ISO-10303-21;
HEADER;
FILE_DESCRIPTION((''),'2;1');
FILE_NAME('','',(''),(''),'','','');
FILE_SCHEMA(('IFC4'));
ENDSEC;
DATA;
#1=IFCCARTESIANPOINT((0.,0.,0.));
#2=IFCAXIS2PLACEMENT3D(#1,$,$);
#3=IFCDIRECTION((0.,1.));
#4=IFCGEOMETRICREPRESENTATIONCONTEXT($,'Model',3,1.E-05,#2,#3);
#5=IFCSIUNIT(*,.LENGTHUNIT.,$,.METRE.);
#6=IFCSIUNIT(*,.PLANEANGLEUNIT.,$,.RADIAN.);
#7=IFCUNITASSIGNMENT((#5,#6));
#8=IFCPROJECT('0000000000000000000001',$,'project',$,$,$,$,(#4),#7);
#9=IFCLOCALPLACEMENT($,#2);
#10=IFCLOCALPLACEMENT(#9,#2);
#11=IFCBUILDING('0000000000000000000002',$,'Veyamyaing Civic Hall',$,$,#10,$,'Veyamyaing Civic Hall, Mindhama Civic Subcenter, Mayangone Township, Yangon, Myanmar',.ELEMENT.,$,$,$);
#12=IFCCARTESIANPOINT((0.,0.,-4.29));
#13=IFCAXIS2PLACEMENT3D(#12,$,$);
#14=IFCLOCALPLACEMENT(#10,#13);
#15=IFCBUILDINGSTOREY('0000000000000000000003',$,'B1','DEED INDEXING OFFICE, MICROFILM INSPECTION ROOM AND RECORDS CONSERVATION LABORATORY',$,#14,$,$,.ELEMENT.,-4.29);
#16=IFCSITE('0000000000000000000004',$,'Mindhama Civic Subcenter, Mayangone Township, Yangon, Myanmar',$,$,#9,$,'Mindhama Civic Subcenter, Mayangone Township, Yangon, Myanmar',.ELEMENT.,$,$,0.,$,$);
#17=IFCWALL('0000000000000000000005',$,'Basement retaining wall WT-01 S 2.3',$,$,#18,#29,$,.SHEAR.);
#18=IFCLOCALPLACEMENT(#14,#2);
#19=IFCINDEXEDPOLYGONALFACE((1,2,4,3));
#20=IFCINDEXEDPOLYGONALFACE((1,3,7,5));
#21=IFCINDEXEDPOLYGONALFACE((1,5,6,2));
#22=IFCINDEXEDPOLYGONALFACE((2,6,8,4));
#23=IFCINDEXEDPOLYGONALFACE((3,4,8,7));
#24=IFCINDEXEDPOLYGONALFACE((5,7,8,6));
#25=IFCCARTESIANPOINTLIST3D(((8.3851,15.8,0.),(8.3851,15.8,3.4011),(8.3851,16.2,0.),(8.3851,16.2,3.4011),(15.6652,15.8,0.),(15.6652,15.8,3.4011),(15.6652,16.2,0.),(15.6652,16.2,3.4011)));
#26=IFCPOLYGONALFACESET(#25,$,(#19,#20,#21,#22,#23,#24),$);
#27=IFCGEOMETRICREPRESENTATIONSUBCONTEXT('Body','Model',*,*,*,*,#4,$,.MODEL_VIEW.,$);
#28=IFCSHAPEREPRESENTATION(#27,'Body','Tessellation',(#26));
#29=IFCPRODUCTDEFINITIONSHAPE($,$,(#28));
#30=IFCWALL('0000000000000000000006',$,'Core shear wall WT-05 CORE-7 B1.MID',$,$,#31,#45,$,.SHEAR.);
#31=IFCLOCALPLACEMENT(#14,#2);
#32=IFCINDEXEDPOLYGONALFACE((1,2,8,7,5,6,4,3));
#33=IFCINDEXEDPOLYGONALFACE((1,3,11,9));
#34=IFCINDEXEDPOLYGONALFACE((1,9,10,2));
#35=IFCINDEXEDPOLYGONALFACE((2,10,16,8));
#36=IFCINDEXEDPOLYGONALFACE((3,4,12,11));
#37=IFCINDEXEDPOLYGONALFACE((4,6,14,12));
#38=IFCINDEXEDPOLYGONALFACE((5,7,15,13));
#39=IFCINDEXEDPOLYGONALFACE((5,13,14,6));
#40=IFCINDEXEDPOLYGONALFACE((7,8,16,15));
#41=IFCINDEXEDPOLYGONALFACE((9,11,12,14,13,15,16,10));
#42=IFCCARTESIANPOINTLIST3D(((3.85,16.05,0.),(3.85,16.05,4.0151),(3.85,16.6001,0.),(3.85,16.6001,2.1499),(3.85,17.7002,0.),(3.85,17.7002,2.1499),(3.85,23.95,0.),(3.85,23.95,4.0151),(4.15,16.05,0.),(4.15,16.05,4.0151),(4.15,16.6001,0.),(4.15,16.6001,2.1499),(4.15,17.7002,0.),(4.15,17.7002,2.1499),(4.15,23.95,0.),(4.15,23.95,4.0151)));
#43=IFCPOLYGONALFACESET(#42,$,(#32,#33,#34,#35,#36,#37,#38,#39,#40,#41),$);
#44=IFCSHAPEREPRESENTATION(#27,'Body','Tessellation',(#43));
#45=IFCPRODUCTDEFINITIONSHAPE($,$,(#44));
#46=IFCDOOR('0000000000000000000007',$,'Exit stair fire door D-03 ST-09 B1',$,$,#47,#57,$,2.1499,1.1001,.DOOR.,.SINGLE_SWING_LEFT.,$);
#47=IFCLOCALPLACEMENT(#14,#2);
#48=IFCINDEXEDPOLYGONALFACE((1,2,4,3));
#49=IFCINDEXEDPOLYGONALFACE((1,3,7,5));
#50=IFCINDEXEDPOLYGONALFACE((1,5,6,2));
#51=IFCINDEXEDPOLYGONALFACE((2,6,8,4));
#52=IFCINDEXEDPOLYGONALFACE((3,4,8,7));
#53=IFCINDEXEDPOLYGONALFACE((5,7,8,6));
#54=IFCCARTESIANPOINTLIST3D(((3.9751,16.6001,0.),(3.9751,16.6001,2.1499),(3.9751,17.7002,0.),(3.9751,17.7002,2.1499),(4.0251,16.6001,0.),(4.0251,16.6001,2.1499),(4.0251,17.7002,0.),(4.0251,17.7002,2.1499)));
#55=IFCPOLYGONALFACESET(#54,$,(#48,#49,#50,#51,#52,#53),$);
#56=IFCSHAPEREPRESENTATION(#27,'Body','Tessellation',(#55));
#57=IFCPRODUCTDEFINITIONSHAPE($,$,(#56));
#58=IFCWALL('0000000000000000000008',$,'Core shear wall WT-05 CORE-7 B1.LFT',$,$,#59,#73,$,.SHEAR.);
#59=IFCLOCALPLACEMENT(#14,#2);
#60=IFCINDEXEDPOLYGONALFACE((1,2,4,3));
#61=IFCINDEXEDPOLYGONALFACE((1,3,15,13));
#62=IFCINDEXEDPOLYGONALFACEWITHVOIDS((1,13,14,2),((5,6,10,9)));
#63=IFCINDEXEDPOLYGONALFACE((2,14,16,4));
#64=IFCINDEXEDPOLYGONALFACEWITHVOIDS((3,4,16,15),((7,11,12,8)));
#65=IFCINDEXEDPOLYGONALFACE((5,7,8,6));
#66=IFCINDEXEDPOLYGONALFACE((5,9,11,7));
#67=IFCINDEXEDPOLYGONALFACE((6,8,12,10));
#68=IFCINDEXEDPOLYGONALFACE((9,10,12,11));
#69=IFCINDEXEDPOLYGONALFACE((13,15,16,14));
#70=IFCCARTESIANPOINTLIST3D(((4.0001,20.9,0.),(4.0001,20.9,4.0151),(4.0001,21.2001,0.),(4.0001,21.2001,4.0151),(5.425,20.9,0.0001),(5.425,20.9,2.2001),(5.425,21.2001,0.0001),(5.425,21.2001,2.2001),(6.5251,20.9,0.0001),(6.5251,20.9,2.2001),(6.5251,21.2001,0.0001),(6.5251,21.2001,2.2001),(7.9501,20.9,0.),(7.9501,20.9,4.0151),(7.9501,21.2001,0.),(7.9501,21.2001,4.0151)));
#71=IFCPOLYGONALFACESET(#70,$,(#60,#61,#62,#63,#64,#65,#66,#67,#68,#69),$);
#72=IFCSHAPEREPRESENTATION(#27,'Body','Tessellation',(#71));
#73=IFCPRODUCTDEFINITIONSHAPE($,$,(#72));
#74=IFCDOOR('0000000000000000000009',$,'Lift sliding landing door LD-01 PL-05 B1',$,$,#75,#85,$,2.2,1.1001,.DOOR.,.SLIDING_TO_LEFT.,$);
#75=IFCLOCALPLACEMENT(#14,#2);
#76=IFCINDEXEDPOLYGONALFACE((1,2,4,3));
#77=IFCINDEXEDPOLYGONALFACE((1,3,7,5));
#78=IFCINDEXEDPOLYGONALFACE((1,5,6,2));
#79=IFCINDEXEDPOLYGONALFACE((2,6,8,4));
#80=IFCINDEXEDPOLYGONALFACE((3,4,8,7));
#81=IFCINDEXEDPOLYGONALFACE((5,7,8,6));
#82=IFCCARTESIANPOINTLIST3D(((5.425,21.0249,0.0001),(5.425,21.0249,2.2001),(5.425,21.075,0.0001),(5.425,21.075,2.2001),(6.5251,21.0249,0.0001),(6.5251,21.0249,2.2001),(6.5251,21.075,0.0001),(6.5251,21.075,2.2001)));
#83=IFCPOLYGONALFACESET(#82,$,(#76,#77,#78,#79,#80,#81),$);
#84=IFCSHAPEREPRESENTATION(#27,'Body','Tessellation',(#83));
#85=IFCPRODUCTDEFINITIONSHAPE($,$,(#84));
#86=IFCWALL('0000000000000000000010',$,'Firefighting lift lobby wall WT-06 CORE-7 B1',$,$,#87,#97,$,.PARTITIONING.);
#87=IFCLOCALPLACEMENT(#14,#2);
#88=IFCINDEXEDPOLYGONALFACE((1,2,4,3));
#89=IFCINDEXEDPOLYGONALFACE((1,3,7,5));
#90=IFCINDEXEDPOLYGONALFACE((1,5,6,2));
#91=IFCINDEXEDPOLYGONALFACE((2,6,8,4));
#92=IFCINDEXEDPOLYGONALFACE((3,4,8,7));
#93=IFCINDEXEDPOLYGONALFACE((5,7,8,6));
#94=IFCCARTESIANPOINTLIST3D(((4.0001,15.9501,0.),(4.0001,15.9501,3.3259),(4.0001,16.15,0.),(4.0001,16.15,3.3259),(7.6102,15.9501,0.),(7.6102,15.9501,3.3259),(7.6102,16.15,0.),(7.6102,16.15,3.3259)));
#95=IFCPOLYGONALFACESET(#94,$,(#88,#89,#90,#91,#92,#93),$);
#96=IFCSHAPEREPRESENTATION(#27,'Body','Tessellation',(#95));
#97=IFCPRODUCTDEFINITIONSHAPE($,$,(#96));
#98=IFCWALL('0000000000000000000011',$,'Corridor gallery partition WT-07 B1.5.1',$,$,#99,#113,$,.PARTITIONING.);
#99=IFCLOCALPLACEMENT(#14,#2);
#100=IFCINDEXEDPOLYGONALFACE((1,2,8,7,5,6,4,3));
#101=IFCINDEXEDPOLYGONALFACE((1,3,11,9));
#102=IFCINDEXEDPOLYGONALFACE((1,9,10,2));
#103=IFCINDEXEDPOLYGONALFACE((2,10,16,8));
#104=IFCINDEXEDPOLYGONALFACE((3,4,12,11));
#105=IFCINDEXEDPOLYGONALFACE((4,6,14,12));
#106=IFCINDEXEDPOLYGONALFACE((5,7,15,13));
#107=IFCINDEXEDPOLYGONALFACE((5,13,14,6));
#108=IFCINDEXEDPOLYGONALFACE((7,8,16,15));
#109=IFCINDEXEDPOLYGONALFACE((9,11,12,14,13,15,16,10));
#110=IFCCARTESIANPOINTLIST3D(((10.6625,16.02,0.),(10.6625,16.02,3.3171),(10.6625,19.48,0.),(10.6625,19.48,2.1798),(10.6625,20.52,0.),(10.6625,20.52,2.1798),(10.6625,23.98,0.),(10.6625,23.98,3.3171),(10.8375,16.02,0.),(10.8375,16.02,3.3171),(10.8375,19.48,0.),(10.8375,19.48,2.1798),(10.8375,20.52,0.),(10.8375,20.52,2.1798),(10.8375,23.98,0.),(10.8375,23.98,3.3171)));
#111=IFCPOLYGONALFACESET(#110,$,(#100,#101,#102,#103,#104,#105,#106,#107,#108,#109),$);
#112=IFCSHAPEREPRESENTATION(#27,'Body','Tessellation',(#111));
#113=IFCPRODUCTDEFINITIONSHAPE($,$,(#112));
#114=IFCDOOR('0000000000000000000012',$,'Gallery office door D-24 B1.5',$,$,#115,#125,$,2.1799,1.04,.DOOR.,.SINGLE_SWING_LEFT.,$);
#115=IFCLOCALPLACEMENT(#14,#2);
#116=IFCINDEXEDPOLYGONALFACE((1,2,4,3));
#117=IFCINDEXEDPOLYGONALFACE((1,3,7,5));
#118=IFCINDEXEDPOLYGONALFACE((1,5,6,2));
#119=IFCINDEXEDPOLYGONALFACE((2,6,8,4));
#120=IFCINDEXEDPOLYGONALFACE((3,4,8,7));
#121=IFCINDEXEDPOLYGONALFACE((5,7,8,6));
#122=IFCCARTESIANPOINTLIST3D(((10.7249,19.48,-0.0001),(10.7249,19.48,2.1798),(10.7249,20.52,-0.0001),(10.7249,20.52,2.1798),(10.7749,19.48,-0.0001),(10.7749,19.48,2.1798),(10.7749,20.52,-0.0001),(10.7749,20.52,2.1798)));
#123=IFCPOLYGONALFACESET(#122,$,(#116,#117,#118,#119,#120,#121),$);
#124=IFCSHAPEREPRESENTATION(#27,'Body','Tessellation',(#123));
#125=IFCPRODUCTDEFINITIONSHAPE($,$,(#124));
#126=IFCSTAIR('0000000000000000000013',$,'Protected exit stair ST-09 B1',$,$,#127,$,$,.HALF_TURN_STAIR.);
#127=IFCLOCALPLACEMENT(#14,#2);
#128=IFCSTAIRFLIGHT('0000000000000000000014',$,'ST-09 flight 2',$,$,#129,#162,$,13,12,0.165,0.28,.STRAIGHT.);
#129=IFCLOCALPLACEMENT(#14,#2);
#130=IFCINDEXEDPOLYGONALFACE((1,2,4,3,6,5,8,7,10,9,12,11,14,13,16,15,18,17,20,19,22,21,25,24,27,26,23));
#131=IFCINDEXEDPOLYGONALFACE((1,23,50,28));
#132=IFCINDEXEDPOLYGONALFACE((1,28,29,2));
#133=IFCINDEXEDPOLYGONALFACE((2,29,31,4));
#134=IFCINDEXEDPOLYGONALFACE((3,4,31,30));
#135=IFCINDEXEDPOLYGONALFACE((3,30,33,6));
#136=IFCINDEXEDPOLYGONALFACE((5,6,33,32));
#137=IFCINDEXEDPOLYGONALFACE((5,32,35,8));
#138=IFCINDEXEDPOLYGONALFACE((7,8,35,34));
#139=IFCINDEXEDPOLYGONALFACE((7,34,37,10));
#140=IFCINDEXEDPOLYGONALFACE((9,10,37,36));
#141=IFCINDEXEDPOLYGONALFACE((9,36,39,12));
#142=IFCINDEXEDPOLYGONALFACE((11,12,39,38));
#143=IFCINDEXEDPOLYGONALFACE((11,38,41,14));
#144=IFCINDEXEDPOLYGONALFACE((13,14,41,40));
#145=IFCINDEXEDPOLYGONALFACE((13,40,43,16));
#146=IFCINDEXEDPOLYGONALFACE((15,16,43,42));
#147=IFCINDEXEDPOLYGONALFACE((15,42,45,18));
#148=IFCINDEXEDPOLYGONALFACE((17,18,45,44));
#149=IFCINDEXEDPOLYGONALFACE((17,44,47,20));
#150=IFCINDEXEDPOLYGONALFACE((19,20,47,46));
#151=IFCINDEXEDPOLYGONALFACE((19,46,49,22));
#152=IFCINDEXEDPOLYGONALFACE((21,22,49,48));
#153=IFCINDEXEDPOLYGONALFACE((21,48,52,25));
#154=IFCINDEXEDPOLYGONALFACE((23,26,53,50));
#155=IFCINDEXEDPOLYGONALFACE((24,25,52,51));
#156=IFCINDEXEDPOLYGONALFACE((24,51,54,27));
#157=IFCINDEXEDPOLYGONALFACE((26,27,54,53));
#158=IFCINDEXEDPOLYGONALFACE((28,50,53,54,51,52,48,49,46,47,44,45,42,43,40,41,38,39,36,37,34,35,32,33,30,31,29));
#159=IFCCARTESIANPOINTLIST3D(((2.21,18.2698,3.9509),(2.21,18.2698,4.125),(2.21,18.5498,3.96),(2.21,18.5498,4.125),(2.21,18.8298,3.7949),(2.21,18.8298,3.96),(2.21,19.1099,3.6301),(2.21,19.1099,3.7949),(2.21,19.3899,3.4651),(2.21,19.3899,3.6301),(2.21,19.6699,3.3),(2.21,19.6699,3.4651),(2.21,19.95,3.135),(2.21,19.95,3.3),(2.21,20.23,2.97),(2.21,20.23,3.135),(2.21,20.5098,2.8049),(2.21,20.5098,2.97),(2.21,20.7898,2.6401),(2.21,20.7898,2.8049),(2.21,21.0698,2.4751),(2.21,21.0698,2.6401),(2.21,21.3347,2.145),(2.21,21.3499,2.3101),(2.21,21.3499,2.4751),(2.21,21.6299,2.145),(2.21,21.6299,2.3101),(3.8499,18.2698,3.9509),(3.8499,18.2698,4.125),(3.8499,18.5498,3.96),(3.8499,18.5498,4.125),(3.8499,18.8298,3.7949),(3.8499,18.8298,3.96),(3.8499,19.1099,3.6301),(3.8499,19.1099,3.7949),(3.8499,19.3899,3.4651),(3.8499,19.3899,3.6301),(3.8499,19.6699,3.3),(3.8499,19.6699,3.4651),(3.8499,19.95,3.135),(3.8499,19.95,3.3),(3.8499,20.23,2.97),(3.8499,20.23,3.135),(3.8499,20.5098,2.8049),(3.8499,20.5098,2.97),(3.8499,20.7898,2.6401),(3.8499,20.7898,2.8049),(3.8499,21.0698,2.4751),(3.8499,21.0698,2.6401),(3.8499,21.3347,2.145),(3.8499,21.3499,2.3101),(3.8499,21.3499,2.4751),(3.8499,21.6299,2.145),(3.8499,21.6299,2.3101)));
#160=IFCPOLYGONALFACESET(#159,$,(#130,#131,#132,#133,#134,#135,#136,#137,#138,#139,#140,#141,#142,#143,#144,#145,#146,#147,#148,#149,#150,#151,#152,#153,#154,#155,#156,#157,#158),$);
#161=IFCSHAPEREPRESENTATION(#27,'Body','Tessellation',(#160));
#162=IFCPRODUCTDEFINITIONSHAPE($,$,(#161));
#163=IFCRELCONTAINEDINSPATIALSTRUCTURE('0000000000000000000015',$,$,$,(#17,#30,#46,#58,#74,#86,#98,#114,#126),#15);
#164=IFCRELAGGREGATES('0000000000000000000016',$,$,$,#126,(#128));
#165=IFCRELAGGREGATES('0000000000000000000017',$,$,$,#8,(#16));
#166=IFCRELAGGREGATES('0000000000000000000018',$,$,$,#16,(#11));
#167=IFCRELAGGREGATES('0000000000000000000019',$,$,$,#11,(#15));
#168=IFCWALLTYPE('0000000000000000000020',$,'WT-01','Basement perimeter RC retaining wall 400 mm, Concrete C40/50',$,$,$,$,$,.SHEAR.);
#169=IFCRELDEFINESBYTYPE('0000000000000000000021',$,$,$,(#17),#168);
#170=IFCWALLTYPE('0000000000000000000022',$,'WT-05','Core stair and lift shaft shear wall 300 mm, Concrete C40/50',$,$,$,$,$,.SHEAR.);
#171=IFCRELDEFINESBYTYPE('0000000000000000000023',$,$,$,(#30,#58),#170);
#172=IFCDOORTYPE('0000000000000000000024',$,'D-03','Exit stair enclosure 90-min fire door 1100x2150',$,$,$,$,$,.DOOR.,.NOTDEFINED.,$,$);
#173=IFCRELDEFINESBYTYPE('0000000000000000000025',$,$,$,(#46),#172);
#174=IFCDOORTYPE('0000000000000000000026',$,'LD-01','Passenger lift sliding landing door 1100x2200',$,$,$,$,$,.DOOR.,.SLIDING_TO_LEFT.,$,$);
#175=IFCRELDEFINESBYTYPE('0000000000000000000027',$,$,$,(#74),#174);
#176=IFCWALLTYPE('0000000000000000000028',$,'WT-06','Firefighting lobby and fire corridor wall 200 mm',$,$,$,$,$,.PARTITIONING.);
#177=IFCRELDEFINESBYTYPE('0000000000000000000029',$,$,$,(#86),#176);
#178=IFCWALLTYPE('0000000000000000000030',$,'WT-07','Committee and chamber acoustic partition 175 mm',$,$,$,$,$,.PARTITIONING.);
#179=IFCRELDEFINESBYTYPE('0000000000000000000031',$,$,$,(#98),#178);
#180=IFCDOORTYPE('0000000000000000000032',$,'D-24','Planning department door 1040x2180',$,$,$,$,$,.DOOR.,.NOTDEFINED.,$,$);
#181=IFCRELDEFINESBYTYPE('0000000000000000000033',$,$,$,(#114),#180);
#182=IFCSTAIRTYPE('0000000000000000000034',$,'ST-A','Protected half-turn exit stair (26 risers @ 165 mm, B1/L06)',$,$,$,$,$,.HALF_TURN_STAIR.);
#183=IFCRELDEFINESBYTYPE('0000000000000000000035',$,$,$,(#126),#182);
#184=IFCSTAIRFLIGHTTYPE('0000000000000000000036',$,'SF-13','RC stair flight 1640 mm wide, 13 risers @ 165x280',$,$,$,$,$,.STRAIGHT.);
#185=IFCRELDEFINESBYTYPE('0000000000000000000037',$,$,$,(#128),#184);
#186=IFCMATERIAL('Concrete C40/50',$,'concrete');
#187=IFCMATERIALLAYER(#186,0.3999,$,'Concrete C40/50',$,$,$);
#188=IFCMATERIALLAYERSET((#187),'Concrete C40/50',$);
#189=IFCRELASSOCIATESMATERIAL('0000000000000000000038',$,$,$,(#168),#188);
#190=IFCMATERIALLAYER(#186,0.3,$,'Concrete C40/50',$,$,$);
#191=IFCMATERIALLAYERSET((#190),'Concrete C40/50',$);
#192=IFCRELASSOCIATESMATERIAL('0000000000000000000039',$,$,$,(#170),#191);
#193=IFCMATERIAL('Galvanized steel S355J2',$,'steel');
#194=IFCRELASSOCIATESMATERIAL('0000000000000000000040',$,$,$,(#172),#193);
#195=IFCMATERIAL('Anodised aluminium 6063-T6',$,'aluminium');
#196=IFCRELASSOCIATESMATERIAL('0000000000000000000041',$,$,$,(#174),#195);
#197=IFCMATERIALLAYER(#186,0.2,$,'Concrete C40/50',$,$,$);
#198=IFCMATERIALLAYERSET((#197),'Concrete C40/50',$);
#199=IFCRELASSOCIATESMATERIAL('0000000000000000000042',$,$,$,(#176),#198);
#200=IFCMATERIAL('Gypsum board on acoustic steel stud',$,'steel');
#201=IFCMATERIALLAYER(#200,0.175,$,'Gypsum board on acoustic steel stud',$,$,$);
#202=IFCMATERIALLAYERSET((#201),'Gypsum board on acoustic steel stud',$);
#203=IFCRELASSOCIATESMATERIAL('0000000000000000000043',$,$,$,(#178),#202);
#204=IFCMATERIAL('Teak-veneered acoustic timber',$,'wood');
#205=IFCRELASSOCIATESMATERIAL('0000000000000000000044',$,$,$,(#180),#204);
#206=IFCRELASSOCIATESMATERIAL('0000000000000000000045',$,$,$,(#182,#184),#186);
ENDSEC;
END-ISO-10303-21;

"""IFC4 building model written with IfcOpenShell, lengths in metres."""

from ifc_helpers import new_model, si_unit, direction, frame, frame_2d, origin, place, context, subcontext, project, spatial, polyline, rectangle, outline, extrude, material, layer, layer_set, type_object, element, fill, aggregate, save


model = new_model("IFC4")

# Units and contexts
model_context = context("Model", 3, precision=1e-05, world=origin(), true_north=direction((0.0, 1.0)))
body_context = subcontext(model_context, "Body", "Model", "MODEL_VIEW")
ifc_project = project(units=[si_unit("LENGTHUNIT", "METRE"), si_unit("PLANEANGLEUNIT", "RADIAN")], contexts=[model_context])

# Site, building, storey
site_placement = place(None, origin())
site = spatial("IfcSite", under=ifc_project, at=site_placement, Name="Mindhama Civic Subcenter, Mayangone Township, Yangon, Myanmar", LongName="Mindhama Civic Subcenter, Mayangone Township, Yangon, Myanmar", CompositionType="ELEMENT", RefElevation=0.0)
building_placement = place(site_placement, origin())
building = spatial("IfcBuilding", under=site, at=building_placement, Name="Veyamyaing Civic Hall", LongName="Veyamyaing Civic Hall, Mindhama Civic Subcenter, Mayangone Township, Yangon, Myanmar", CompositionType="ELEMENT")
storey_placement = place(building_placement, frame((0.0, 0.0, -4.29)))
storey = spatial("IfcBuildingStorey", under=building, at=storey_placement, Name="B1", Description="DEED INDEXING OFFICE, MICROFILM INSPECTION ROOM AND RECORDS CONSERVATION LABORATORY", CompositionType="ELEMENT", Elevation=-4.29)

# Shared definitions
ifc_material_1 = material(Name="Concrete C40/50", Category="concrete")

# Wall
ifc_layer_1 = layer(ifc_material_1, 0.3999, Name="Concrete C40/50")
ifc_layer_set_1 = layer_set([ifc_layer_1], Name="Concrete C40/50")
wall_type_1 = type_object("IfcWallType", Name="WT-01", Description="Basement perimeter RC retaining wall 400 mm, Concrete C40/50", PredefinedType="SHEAR", material=ifc_layer_set_1)
wall_1_placement = place(storey_placement, frame((8.385, 16.0, 0.0), z_axis=(0.0, 0.0, 1.0), x_axis=(1.0, 0.0, 0.0)))
element("IfcWall", 1, at=wall_1_placement, inside=storey, type_object=wall_type_1, Name="Basement retaining wall WT-01 S 2.3", PredefinedType="SHEAR", context=body_context, shape_type="SweptSolid", body=[
    extrude(rectangle(XDim=7.28, YDim=0.3999, at=frame_2d((3.6401, 0.0))), origin(), (0.0, 0.0, 1.0), 3.4011),
])

# Walls, openings, doors
ifc_layer_2 = layer(ifc_material_1, 0.3, Name="Concrete C40/50")
ifc_layer_set_2 = layer_set([ifc_layer_2], Name="Concrete C40/50")
wall_type_2 = type_object("IfcWallType", Name="WT-05", Description="Core stair and lift shaft shear wall 300 mm, Concrete C40/50", PredefinedType="SHEAR", material=ifc_layer_set_2)
ifc_material_2 = material(Name="Galvanized steel S355J2", Category="steel")
wall_2_placement = place(storey_placement, frame((4.0, 16.05, 0.0), z_axis=(0.0, 0.0, 1.0), x_axis=(0.0, 1.0, 0.0)))
wall_2 = element("IfcWall", 2, at=wall_2_placement, inside=storey, type_object=wall_type_2, Name="Core shear wall WT-05 CORE-7 B1.MID", PredefinedType="SHEAR", context=body_context, shape_type="SweptSolid", body=[
    extrude(rectangle(XDim=7.8999, YDim=0.3, at=frame_2d((3.95, 0.0))), origin(), (0.0, 0.0, 1.0), 4.0151),
])
opening_1_placement = place(wall_2_placement, frame((0.55, 0.0, 0.0)))
opening_1 = element("IfcOpeningElement", 3, at=opening_1_placement, cuts=wall_2, PredefinedType="OPENING", context=body_context, shape_type="SweptSolid", body=[
    extrude(rectangle(XDim=1.1001, YDim=2.1499, at=frame_2d((0.55, 1.075))), frame((0.0, 0.1599, 0.0), z_axis=(0.0, -1.0, 0.0), x_axis=(1.0, 0.0, 0.0)), (0.0, 0.0, 1.0), 0.3201),
])
door_type_1 = type_object("IfcDoorType", Name="D-03", Description="Exit stair enclosure 90-min fire door 1100x2150", OperationType="NOTDEFINED", PredefinedType="DOOR", material=ifc_material_2)
door_1_placement = place(opening_1_placement, origin())
door_1 = element("IfcDoor", 4, at=door_1_placement, inside=storey, type_object=door_type_1, Name="Exit stair fire door D-03 ST-09 B1", OperationType="SINGLE_SWING_LEFT", OverallHeight=2.1499, OverallWidth=1.1001, PredefinedType="DOOR", context=body_context, shape_type="SweptSolid", body=[
    extrude(rectangle(XDim=1.1001, YDim=2.1499, at=frame_2d((0.55, 1.075))), frame((0.0, 0.0249, 0.0), z_axis=(0.0, -1.0, 0.0), x_axis=(1.0, 0.0, 0.0)), (0.0, 0.0, 1.0), 0.05),
])
fill(opening_1, door_1)
wall_3_placement = place(storey_placement, frame((4.0, 21.05, 0.0), z_axis=(0.0, 0.0, 1.0), x_axis=(1.0, 0.0, 0.0)))
wall_3 = element("IfcWall", 5, at=wall_3_placement, inside=storey, type_object=wall_type_2, Name="Core shear wall WT-05 CORE-7 B1.LFT", PredefinedType="SHEAR", context=body_context, shape_type="SweptSolid", body=[
    extrude(rectangle(XDim=3.95, YDim=0.3, at=frame_2d((1.9751, 0.0))), origin(), (0.0, 0.0, 1.0), 4.0151),
])
opening_2_placement = place(wall_3_placement, frame((1.425, 0.0, 0.0)))
opening_2 = element("IfcOpeningElement", 6, at=opening_2_placement, cuts=wall_3, PredefinedType="OPENING", context=body_context, shape_type="SweptSolid", body=[
    extrude(rectangle(XDim=1.1001, YDim=2.2, at=frame_2d((0.55, 1.1001))), frame((0.0, 0.1599, 0.0), z_axis=(0.0, -1.0, 0.0), x_axis=(1.0, 0.0, 0.0)), (0.0, 0.0, 1.0), 0.3201),
])
ifc_material_3 = material(Name="Anodised aluminium 6063-T6", Category="aluminium")
door_type_2 = type_object("IfcDoorType", Name="LD-01", Description="Passenger lift sliding landing door 1100x2200", OperationType="SLIDING_TO_LEFT", PredefinedType="DOOR", material=ifc_material_3)
door_2_placement = place(opening_2_placement, origin())
door_2 = element("IfcDoor", 7, at=door_2_placement, inside=storey, type_object=door_type_2, Name="Lift sliding landing door LD-01 PL-05 B1", OperationType="SLIDING_TO_LEFT", OverallHeight=2.2, OverallWidth=1.1001, PredefinedType="DOOR", context=body_context, shape_type="SweptSolid", body=[
    extrude(rectangle(XDim=1.1001, YDim=2.2, at=frame_2d((0.55, 1.1001))), frame((0.0, 0.0249, 0.0), z_axis=(0.0, -1.0, 0.0), x_axis=(1.0, 0.0, 0.0)), (0.0, 0.0, 1.0), 0.05),
])
fill(opening_2, door_2)

# Wall
ifc_layer_3 = layer(ifc_material_1, 0.2, Name="Concrete C40/50")
ifc_layer_set_3 = layer_set([ifc_layer_3], Name="Concrete C40/50")
wall_type_3 = type_object("IfcWallType", Name="WT-06", Description="Firefighting lobby and fire corridor wall 200 mm", PredefinedType="PARTITIONING", material=ifc_layer_set_3)
wall_4_placement = place(storey_placement, frame((4.0, 16.05, 0.0), z_axis=(0.0, 0.0, 1.0), x_axis=(1.0, 0.0, 0.0)))
element("IfcWall", 8, at=wall_4_placement, inside=storey, type_object=wall_type_3, Name="Firefighting lift lobby wall WT-06 CORE-7 B1", PredefinedType="PARTITIONING", context=body_context, shape_type="SweptSolid", body=[
    extrude(rectangle(XDim=3.6101, YDim=0.2, at=frame_2d((1.8052, 0.0))), origin(), (0.0, 0.0, 1.0), 3.3259),
])

# Wall, opening, door
ifc_material_4 = material(Name="Gypsum board on acoustic steel stud", Category="steel")
ifc_layer_4 = layer(ifc_material_4, 0.175, Name="Gypsum board on acoustic steel stud")
ifc_layer_set_4 = layer_set([ifc_layer_4], Name="Gypsum board on acoustic steel stud")
wall_type_4 = type_object("IfcWallType", Name="WT-07", Description="Committee and chamber acoustic partition 175 mm", PredefinedType="PARTITIONING", material=ifc_layer_set_4)
wall_5_placement = place(storey_placement, frame((10.75, 16.02, 0.0), z_axis=(0.0, 0.0, 1.0), x_axis=(0.0, 1.0, 0.0)))
wall_5 = element("IfcWall", 9, at=wall_5_placement, inside=storey, type_object=wall_type_4, Name="Corridor gallery partition WT-07 B1.5.1", PredefinedType="PARTITIONING", context=body_context, shape_type="SweptSolid", body=[
    extrude(rectangle(XDim=7.96, YDim=0.175, at=frame_2d((3.98, 0.0))), origin(), (0.0, 0.0, 1.0), 3.3171),
])
opening_3_placement = place(wall_5_placement, frame((3.46, 0.0, 0.0)))
opening_3 = element("IfcOpeningElement", 10, at=opening_3_placement, cuts=wall_5, PredefinedType="OPENING", context=body_context, shape_type="SweptSolid", body=[
    extrude(rectangle(XDim=1.04, YDim=2.1799, at=frame_2d((0.52, 1.0898))), frame((0.0, 0.0974, 0.0), z_axis=(0.0, -1.0, 0.0), x_axis=(1.0, 0.0, 0.0)), (0.0, 0.0, 1.0), 0.1951),
])
ifc_material_5 = material(Name="Teak-veneered acoustic timber", Category="wood")
door_type_3 = type_object("IfcDoorType", Name="D-24", Description="Planning department door 1040x2180", OperationType="NOTDEFINED", PredefinedType="DOOR", material=ifc_material_5)
door_3_placement = place(opening_3_placement, frame((1.04, 0.0, 0.0), z_axis=(0.0, 0.0, 1.0), x_axis=(-1.0, 0.0, 0.0)))
door_3 = element("IfcDoor", 11, at=door_3_placement, inside=storey, type_object=door_type_3, Name="Gallery office door D-24 B1.5", OperationType="SINGLE_SWING_LEFT", OverallHeight=2.1799, OverallWidth=1.04, PredefinedType="DOOR", context=body_context, shape_type="SweptSolid", body=[
    extrude(rectangle(XDim=1.04, YDim=2.1799, at=frame_2d((0.52, 1.0898))), frame((0.0, 0.0249, 0.0), z_axis=(0.0, -1.0, 0.0), x_axis=(1.0, 0.0, 0.0)), (0.0, 0.0, 1.0), 0.05),
])
fill(opening_3, door_3)

# Stair, stair flight
stair_type = type_object("IfcStairType", Name="ST-A", Description="Protected half-turn exit stair (26 risers @ 165 mm, B1/L06)", PredefinedType="HALF_TURN_STAIR", material=ifc_material_1)
stair_placement = place(storey_placement, origin())
stair = element("IfcStair", 12, at=stair_placement, inside=storey, type_object=stair_type, Name="Protected exit stair ST-09 B1", PredefinedType="HALF_TURN_STAIR")
stair_flight_type = type_object("IfcStairFlightType", Name="SF-13", Description="RC stair flight 1640 mm wide, 13 risers @ 165x280", PredefinedType="STRAIGHT", material=ifc_material_1)
stair_flight_placement = place(storey_placement, frame((3.03, 21.6299, 2.145), z_axis=(0.0, 0.0, 1.0), x_axis=(0.0, -1.0, 0.0)))
stair_flight = element("IfcStairFlight", 13, at=stair_flight_placement, type_object=stair_flight_type, Name="ST-09 flight 2", NumberOfRisers=13, NumberOfTreads=12, PredefinedType="STRAIGHT", RiserHeight=0.165, TreadLength=0.28, context=body_context, shape_type="SweptSolid", body=[
    extrude(outline(polyline([(0.0, 0.0), (0.0, 0.165), (0.28, 0.165), (0.28, 0.3301), (0.5601, 0.3301), (0.5601, 0.4951), (0.8401, 0.4951), (0.8401, 0.6599), (1.1201, 0.6599), (1.1201, 0.825), (1.3999, 0.825), (1.3999, 0.99), (1.6799, 0.99), (1.6799, 1.155), (1.96, 1.155), (1.96, 1.3201), (2.24, 1.3201), (2.24, 1.4851), (2.52, 1.4851), (2.52, 1.6499), (2.8, 1.6499), (2.8, 1.8149), (3.0801, 1.8149), (3.0801, 1.98), (3.3601, 1.98), (3.3601, 2.145), (3.3601, 1.8059), (0.2952, 0.0), (0.0, 0.0)])), frame((0.0, 0.8198, 0.0), z_axis=(0.0, -1.0, 0.0), x_axis=(1.0, 0.0, 0.0)), (0.0, 0.0, 1.0), 1.6399),
])
aggregate(stair, [stair_flight])

save(model, "model.ifc")
